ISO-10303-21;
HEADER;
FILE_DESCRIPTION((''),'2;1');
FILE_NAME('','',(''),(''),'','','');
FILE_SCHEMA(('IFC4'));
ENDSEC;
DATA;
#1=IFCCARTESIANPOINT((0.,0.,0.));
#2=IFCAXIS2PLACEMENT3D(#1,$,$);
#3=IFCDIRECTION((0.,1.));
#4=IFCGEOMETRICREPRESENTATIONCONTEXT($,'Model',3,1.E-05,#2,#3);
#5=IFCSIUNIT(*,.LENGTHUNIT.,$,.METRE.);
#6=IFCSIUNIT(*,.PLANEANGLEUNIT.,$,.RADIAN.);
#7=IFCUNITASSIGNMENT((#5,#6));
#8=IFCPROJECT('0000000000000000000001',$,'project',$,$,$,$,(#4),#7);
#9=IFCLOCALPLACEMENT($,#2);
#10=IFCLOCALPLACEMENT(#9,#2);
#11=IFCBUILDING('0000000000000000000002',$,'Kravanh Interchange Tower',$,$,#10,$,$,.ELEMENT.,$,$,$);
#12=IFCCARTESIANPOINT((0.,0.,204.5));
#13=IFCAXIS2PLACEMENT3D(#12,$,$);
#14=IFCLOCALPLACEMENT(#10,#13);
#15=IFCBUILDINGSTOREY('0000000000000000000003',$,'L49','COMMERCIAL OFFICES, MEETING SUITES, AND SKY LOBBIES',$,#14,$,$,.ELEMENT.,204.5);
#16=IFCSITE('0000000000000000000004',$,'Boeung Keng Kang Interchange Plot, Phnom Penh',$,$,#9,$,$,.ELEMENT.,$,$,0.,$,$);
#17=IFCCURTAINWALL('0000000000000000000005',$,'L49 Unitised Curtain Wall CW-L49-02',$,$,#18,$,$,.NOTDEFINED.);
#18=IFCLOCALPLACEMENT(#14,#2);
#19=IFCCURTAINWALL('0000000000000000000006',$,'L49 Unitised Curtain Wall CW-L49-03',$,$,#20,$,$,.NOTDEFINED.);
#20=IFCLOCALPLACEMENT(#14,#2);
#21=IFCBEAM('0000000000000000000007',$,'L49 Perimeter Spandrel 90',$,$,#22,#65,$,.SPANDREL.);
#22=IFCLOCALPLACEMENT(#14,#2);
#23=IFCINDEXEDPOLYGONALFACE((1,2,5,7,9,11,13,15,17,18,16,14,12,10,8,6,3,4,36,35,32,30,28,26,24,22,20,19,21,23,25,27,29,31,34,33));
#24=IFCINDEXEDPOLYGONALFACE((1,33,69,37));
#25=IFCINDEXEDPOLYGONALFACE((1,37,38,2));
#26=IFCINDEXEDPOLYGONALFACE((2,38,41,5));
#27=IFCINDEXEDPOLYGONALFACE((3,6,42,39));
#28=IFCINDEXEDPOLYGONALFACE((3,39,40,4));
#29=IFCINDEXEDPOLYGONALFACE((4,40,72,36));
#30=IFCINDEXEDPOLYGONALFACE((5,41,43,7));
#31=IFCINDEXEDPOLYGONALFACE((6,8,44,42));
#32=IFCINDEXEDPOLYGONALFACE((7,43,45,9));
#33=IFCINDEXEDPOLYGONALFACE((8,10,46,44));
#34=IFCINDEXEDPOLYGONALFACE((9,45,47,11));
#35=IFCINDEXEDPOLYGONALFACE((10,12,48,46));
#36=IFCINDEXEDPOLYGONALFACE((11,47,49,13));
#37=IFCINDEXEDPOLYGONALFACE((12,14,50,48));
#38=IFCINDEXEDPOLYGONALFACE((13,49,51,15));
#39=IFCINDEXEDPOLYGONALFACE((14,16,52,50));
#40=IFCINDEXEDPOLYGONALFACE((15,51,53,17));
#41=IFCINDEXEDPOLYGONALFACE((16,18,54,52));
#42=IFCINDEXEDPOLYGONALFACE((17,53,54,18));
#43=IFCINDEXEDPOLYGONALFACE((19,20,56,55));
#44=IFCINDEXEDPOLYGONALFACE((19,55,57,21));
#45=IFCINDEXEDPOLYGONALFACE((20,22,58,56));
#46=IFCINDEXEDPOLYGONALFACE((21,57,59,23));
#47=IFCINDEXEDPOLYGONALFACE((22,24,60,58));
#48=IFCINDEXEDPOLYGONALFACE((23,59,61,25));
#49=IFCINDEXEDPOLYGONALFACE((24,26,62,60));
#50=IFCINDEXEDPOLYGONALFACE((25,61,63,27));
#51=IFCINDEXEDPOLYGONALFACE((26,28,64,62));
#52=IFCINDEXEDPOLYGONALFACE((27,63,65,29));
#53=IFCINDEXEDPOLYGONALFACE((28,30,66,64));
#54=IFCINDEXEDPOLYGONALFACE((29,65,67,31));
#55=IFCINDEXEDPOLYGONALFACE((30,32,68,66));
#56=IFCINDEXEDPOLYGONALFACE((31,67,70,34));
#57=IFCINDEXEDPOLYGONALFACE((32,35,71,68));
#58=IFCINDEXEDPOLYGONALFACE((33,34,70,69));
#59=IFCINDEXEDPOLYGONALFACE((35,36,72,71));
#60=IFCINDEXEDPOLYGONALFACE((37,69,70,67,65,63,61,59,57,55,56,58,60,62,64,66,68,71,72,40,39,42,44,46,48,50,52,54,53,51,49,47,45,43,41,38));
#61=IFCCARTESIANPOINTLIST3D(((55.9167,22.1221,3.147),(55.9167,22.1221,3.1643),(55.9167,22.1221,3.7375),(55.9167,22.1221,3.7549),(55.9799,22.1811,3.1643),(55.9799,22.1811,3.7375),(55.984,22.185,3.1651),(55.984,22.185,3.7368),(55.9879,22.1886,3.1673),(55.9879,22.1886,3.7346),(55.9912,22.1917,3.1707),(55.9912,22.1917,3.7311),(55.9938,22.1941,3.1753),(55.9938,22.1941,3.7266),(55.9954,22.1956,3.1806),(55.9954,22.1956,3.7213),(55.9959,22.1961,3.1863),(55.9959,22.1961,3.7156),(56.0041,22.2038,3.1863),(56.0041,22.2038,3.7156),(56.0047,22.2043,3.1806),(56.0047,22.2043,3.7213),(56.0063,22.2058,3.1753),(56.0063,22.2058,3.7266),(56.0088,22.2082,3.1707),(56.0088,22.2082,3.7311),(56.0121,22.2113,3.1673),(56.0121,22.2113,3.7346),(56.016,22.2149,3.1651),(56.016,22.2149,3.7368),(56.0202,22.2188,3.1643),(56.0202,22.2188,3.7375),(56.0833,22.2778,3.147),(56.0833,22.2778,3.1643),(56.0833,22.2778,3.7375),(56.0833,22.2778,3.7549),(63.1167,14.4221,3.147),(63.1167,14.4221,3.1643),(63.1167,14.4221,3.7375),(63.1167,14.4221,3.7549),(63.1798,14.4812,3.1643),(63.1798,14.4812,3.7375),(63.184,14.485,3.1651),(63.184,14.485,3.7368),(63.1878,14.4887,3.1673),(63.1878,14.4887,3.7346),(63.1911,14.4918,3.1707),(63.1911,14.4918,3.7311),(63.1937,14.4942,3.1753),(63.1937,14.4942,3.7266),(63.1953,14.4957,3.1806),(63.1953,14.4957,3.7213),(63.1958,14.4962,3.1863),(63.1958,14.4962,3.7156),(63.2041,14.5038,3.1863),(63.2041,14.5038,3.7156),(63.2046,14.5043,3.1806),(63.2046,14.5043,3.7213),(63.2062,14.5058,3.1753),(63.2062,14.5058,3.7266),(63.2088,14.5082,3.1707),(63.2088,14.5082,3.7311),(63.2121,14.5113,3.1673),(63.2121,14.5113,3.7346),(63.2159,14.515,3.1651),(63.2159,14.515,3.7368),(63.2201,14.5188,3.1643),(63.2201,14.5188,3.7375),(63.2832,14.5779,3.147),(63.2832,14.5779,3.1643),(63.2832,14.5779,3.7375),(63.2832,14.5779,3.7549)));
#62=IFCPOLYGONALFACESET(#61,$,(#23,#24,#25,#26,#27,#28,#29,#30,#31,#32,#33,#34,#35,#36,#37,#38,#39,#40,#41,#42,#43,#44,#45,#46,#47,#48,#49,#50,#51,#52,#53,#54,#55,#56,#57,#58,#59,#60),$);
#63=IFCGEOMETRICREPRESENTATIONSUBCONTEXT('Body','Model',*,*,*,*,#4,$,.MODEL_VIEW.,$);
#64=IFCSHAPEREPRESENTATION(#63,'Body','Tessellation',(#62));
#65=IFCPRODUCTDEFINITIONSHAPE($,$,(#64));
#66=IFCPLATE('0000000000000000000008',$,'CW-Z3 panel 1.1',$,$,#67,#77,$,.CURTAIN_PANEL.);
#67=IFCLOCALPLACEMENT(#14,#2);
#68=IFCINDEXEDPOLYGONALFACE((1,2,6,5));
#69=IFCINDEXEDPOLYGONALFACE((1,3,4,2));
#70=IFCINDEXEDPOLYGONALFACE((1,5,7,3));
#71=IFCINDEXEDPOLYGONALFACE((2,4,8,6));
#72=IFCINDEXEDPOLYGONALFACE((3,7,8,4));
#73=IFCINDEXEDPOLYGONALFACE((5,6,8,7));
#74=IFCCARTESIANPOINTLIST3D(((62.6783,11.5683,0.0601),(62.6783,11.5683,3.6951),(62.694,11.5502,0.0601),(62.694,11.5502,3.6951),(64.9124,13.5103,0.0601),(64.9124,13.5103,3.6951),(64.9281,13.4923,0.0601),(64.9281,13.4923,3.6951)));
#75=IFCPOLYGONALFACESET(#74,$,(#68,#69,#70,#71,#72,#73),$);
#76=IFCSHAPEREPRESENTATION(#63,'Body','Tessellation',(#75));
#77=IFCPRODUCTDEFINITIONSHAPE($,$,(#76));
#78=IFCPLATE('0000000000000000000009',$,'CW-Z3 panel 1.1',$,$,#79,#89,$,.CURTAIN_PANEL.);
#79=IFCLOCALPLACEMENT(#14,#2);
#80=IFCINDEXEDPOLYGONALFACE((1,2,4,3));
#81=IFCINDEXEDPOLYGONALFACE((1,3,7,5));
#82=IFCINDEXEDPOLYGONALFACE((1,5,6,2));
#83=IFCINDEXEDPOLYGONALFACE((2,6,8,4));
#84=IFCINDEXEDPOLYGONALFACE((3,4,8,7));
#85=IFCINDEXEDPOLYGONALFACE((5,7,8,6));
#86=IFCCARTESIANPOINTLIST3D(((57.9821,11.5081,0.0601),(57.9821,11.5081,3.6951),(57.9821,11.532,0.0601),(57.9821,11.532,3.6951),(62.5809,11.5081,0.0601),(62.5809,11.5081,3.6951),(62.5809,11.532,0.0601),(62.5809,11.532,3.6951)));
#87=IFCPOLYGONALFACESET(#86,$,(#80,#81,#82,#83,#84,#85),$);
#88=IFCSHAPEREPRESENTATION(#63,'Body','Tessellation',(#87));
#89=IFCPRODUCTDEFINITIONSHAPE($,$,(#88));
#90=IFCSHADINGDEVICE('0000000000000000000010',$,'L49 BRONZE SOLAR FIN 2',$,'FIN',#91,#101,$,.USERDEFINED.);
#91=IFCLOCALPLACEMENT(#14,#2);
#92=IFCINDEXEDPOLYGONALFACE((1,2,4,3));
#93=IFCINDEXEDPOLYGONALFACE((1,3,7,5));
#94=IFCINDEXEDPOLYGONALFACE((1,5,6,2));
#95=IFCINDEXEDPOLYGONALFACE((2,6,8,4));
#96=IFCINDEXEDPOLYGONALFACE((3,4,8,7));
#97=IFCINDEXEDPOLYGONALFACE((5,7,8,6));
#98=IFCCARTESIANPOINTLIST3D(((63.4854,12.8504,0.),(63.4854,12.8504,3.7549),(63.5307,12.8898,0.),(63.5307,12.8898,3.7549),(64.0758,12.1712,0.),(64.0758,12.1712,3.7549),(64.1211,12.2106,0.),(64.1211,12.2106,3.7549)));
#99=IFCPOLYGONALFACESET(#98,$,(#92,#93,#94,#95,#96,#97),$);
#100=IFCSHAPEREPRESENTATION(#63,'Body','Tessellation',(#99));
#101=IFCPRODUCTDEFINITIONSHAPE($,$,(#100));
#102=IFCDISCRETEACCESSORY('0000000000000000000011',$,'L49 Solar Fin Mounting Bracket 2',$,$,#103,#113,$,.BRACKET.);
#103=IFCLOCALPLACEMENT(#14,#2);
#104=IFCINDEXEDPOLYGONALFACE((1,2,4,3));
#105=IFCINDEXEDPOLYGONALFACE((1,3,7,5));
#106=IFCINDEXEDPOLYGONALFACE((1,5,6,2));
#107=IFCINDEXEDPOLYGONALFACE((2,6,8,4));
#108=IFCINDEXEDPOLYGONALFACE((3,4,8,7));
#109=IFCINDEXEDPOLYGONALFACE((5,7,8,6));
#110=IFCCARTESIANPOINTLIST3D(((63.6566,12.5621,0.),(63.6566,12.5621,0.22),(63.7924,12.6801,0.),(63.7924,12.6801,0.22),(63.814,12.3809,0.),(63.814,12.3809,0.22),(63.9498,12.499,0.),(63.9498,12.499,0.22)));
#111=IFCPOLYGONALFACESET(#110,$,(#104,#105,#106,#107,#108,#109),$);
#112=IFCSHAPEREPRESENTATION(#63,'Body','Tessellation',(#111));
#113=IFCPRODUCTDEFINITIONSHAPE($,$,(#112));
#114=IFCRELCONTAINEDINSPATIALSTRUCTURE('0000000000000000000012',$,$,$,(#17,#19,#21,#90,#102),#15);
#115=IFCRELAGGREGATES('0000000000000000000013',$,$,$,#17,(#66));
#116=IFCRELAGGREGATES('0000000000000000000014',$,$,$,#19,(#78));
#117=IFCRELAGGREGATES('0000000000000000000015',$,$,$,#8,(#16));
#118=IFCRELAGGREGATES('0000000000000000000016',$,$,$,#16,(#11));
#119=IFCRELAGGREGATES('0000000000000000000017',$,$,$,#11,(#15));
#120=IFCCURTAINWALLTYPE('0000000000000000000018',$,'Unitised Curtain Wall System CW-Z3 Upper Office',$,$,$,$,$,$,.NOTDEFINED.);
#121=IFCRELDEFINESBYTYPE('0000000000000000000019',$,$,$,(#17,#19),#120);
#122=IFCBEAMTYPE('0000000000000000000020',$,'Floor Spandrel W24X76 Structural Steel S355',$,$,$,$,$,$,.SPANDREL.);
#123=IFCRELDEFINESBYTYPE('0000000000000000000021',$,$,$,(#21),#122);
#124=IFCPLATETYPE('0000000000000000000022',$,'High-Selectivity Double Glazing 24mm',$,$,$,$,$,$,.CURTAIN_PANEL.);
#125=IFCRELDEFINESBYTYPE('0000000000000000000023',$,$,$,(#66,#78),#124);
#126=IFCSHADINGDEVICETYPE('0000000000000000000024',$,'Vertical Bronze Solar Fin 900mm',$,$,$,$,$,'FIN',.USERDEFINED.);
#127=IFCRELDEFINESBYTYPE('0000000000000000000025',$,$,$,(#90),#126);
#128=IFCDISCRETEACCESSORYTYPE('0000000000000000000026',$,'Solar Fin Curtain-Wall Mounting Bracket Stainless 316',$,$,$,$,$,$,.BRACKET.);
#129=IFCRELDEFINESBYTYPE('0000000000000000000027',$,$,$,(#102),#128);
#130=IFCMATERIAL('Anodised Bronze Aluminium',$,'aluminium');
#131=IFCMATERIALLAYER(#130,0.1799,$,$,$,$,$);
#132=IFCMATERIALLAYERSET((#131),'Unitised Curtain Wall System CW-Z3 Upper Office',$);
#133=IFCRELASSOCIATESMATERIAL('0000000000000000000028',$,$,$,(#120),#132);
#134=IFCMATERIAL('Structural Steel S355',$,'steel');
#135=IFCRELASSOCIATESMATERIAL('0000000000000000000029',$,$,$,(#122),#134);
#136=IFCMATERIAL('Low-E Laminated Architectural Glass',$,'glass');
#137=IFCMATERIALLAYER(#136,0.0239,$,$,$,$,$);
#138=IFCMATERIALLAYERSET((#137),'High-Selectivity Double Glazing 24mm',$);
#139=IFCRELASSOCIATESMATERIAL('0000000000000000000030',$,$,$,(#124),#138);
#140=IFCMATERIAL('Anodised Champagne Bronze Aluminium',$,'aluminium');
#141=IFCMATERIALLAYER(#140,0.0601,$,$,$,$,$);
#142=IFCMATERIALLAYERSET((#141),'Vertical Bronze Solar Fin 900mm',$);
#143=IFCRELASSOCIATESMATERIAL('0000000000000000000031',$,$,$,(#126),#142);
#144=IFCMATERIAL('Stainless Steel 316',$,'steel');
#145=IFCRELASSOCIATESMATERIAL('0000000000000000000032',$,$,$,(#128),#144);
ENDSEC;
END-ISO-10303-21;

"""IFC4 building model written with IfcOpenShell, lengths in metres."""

from ifc_helpers import new_model, si_unit, direction, frame, origin, origin_2d, place, context, subcontext, project, spatial, rectangle, i_section, extrude, material, layer, layer_set, material_profile, profile_set, type_object, element, aggregate, save


model = new_model("IFC4")

# Units and contexts
model_context = context("Model", 3, precision=1e-05, world=origin(), true_north=direction((0.0, 1.0)))
body_context = subcontext(model_context, "Body", "Model", "MODEL_VIEW")
ifc_project = project(units=[si_unit("LENGTHUNIT", "METRE"), si_unit("PLANEANGLEUNIT", "RADIAN")], contexts=[model_context])

# Site, building, storey
site_placement = place(None, origin())
site = spatial("IfcSite", under=ifc_project, at=site_placement, Name="Boeung Keng Kang Interchange Plot, Phnom Penh", CompositionType="ELEMENT", RefElevation=0.0)
building_placement = place(site_placement, origin())
building = spatial("IfcBuilding", under=site, at=building_placement, Name="Kravanh Interchange Tower", CompositionType="ELEMENT")
storey_placement = place(building_placement, frame((0.0, 0.0, 204.5)))
storey = spatial("IfcBuildingStorey", under=building, at=storey_placement, Name="L49", Description="COMMERCIAL OFFICES, MEETING SUITES, AND SKY LOBBIES", CompositionType="ELEMENT", Elevation=204.5)

# Curtain walls
ifc_material_1 = material(Name="Anodised Bronze Aluminium", Category="aluminium")
ifc_layer_1 = layer(ifc_material_1, 0.1799)
ifc_layer_set_1 = layer_set([ifc_layer_1], Name="Unitised Curtain Wall System CW-Z3 Upper Office")
curtain_wall_type = type_object("IfcCurtainWallType", Name="Unitised Curtain Wall System CW-Z3 Upper Office", PredefinedType="NOTDEFINED", material=ifc_layer_set_1)
curtain_wall_1_placement = place(storey_placement, origin())
curtain_wall_1 = element("IfcCurtainWall", 1, at=curtain_wall_1_placement, inside=storey, type_object=curtain_wall_type, Name="L49 Unitised Curtain Wall CW-L49-02", PredefinedType="NOTDEFINED")
curtain_wall_2_placement = place(storey_placement, origin())
curtain_wall_2 = element("IfcCurtainWall", 2, at=curtain_wall_2_placement, inside=storey, type_object=curtain_wall_type, Name="L49 Unitised Curtain Wall CW-L49-03", PredefinedType="NOTDEFINED")

# Beam
ifc_material_2 = material(Name="Structural Steel S355", Category="steel")
ifc_material_profile_1 = material_profile(ifc_material_2, i_section(OverallWidth=0.228, OverallDepth=0.6079, WebThickness=0.0112, FlangeThickness=0.0173, FilletRadius=0.022, at=origin_2d()), Name="W24X76")
ifc_profile_set_1 = profile_set([ifc_material_profile_1], Name="Structural Steel S355")
beam_type_1 = type_object("IfcBeamType", Name="Floor Spandrel W24X76 Structural Steel S355", PredefinedType="SPANDREL", material=ifc_profile_set_1)
for number, where, z_axis, x_axis, name in (
    (3, (63.2, 14.5, 3.4509), (-0.682994, 0.730424, 0.0), (-0.730424, -0.682994, 0.0), "L49 Perimeter Spandrel 90"),
):
    element("IfcBeam", number, at=place(storey_placement, frame(where, z_axis=z_axis, x_axis=x_axis)), inside=storey, type_object=beam_type_1, Name=name, PredefinedType="SPANDREL", context=body_context, shape_type="SweptSolid", body=[
        extrude(i_section(OverallWidth=0.228, OverallDepth=0.6079, WebThickness=0.0112, FlangeThickness=0.0173, FilletRadius=0.022, at=origin_2d()), origin(), (0.0, 0.0, 1.0), 10.5417),
    ])

# Plates
ifc_material_3 = material(Name="Low-E Laminated Architectural Glass", Category="glass")
ifc_layer_2 = layer(ifc_material_3, 0.0239)
ifc_layer_set_2 = layer_set([ifc_layer_2], Name="High-Selectivity Double Glazing 24mm")
plate_type = type_object("IfcPlateType", Name="High-Selectivity Double Glazing 24mm", PredefinedType="CURTAIN_PANEL", material=ifc_layer_set_2)
plate_1_placement = place(storey_placement, frame((63.8032, 12.5303, 0.0601), z_axis=(0.0, 0.0, 1.0), x_axis=(-0.754717, -0.656051, 0.0)))
plate_1 = element("IfcPlate", 4, at=plate_1_placement, type_object=plate_type, Name="CW-Z3 panel 1.1", PredefinedType="CURTAIN_PANEL", context=body_context, shape_type="SweptSolid", body=[
    extrude(rectangle(XDim=2.9602, YDim=0.0239, at=origin_2d()), origin(), (0.0, 0.0, 1.0), 3.635),
])
aggregate(curtain_wall_1, [plate_1])
plate_2_placement = place(storey_placement, frame((60.2815, 11.52, 0.0601), z_axis=(0.0, 0.0, 1.0), x_axis=(-1.0, 0.0, 0.0)))
plate_2 = element("IfcPlate", 5, at=plate_2_placement, type_object=plate_type, Name="CW-Z3 panel 1.1", PredefinedType="CURTAIN_PANEL", context=body_context, shape_type="SweptSolid", body=[
    extrude(rectangle(XDim=4.5989, YDim=0.0239, at=origin_2d()), origin(), (0.0, 0.0, 1.0), 3.635),
])
aggregate(curtain_wall_2, [plate_2])

# Shading device
ifc_material_4 = material(Name="Anodised Champagne Bronze Aluminium", Category="aluminium")
ifc_layer_3 = layer(ifc_material_4, 0.0601)
ifc_layer_set_3 = layer_set([ifc_layer_3], Name="Vertical Bronze Solar Fin 900mm")
shading_device_type = type_object("IfcShadingDeviceType", Name="Vertical Bronze Solar Fin 900mm", ElementType="FIN", PredefinedType="USERDEFINED", material=ifc_layer_set_3)
shading_device_placement = place(storey_placement, frame((63.8032, 12.5305, 0.0), z_axis=(0.0, 0.0, 1.0), x_axis=(0.65606, -0.754709, 0.0)))
element("IfcShadingDevice", 6, at=shading_device_placement, inside=storey, type_object=shading_device_type, Name="L49 BRONZE SOLAR FIN 2", ObjectType="FIN", PredefinedType="USERDEFINED", context=body_context, shape_type="SweptSolid", body=[
    extrude(rectangle(XDim=0.8999, YDim=0.0601, at=origin_2d()), origin(), (0.0, 0.0, 1.0), 3.7549),
])

# Discrete accessory
ifc_material_5 = material(Name="Stainless Steel 316", Category="steel")
discrete_accessory_type = type_object("IfcDiscreteAccessoryType", Name="Solar Fin Curtain-Wall Mounting Bracket Stainless 316", PredefinedType="BRACKET", material=ifc_material_5)
discrete_accessory_placement = place(storey_placement, frame((63.8032, 12.5305, 0.0), z_axis=(0.0, 0.0, 1.0), x_axis=(0.65606, -0.754709, 0.0)))
element("IfcDiscreteAccessory", 7, at=discrete_accessory_placement, inside=storey, type_object=discrete_accessory_type, Name="L49 Solar Fin Mounting Bracket 2", PredefinedType="BRACKET", context=body_context, shape_type="SweptSolid", body=[
    extrude(rectangle(XDim=0.24, YDim=0.1799, at=origin_2d()), origin(), (0.0, 0.0, 1.0), 0.22),
])

save(model, "model.ifc")
